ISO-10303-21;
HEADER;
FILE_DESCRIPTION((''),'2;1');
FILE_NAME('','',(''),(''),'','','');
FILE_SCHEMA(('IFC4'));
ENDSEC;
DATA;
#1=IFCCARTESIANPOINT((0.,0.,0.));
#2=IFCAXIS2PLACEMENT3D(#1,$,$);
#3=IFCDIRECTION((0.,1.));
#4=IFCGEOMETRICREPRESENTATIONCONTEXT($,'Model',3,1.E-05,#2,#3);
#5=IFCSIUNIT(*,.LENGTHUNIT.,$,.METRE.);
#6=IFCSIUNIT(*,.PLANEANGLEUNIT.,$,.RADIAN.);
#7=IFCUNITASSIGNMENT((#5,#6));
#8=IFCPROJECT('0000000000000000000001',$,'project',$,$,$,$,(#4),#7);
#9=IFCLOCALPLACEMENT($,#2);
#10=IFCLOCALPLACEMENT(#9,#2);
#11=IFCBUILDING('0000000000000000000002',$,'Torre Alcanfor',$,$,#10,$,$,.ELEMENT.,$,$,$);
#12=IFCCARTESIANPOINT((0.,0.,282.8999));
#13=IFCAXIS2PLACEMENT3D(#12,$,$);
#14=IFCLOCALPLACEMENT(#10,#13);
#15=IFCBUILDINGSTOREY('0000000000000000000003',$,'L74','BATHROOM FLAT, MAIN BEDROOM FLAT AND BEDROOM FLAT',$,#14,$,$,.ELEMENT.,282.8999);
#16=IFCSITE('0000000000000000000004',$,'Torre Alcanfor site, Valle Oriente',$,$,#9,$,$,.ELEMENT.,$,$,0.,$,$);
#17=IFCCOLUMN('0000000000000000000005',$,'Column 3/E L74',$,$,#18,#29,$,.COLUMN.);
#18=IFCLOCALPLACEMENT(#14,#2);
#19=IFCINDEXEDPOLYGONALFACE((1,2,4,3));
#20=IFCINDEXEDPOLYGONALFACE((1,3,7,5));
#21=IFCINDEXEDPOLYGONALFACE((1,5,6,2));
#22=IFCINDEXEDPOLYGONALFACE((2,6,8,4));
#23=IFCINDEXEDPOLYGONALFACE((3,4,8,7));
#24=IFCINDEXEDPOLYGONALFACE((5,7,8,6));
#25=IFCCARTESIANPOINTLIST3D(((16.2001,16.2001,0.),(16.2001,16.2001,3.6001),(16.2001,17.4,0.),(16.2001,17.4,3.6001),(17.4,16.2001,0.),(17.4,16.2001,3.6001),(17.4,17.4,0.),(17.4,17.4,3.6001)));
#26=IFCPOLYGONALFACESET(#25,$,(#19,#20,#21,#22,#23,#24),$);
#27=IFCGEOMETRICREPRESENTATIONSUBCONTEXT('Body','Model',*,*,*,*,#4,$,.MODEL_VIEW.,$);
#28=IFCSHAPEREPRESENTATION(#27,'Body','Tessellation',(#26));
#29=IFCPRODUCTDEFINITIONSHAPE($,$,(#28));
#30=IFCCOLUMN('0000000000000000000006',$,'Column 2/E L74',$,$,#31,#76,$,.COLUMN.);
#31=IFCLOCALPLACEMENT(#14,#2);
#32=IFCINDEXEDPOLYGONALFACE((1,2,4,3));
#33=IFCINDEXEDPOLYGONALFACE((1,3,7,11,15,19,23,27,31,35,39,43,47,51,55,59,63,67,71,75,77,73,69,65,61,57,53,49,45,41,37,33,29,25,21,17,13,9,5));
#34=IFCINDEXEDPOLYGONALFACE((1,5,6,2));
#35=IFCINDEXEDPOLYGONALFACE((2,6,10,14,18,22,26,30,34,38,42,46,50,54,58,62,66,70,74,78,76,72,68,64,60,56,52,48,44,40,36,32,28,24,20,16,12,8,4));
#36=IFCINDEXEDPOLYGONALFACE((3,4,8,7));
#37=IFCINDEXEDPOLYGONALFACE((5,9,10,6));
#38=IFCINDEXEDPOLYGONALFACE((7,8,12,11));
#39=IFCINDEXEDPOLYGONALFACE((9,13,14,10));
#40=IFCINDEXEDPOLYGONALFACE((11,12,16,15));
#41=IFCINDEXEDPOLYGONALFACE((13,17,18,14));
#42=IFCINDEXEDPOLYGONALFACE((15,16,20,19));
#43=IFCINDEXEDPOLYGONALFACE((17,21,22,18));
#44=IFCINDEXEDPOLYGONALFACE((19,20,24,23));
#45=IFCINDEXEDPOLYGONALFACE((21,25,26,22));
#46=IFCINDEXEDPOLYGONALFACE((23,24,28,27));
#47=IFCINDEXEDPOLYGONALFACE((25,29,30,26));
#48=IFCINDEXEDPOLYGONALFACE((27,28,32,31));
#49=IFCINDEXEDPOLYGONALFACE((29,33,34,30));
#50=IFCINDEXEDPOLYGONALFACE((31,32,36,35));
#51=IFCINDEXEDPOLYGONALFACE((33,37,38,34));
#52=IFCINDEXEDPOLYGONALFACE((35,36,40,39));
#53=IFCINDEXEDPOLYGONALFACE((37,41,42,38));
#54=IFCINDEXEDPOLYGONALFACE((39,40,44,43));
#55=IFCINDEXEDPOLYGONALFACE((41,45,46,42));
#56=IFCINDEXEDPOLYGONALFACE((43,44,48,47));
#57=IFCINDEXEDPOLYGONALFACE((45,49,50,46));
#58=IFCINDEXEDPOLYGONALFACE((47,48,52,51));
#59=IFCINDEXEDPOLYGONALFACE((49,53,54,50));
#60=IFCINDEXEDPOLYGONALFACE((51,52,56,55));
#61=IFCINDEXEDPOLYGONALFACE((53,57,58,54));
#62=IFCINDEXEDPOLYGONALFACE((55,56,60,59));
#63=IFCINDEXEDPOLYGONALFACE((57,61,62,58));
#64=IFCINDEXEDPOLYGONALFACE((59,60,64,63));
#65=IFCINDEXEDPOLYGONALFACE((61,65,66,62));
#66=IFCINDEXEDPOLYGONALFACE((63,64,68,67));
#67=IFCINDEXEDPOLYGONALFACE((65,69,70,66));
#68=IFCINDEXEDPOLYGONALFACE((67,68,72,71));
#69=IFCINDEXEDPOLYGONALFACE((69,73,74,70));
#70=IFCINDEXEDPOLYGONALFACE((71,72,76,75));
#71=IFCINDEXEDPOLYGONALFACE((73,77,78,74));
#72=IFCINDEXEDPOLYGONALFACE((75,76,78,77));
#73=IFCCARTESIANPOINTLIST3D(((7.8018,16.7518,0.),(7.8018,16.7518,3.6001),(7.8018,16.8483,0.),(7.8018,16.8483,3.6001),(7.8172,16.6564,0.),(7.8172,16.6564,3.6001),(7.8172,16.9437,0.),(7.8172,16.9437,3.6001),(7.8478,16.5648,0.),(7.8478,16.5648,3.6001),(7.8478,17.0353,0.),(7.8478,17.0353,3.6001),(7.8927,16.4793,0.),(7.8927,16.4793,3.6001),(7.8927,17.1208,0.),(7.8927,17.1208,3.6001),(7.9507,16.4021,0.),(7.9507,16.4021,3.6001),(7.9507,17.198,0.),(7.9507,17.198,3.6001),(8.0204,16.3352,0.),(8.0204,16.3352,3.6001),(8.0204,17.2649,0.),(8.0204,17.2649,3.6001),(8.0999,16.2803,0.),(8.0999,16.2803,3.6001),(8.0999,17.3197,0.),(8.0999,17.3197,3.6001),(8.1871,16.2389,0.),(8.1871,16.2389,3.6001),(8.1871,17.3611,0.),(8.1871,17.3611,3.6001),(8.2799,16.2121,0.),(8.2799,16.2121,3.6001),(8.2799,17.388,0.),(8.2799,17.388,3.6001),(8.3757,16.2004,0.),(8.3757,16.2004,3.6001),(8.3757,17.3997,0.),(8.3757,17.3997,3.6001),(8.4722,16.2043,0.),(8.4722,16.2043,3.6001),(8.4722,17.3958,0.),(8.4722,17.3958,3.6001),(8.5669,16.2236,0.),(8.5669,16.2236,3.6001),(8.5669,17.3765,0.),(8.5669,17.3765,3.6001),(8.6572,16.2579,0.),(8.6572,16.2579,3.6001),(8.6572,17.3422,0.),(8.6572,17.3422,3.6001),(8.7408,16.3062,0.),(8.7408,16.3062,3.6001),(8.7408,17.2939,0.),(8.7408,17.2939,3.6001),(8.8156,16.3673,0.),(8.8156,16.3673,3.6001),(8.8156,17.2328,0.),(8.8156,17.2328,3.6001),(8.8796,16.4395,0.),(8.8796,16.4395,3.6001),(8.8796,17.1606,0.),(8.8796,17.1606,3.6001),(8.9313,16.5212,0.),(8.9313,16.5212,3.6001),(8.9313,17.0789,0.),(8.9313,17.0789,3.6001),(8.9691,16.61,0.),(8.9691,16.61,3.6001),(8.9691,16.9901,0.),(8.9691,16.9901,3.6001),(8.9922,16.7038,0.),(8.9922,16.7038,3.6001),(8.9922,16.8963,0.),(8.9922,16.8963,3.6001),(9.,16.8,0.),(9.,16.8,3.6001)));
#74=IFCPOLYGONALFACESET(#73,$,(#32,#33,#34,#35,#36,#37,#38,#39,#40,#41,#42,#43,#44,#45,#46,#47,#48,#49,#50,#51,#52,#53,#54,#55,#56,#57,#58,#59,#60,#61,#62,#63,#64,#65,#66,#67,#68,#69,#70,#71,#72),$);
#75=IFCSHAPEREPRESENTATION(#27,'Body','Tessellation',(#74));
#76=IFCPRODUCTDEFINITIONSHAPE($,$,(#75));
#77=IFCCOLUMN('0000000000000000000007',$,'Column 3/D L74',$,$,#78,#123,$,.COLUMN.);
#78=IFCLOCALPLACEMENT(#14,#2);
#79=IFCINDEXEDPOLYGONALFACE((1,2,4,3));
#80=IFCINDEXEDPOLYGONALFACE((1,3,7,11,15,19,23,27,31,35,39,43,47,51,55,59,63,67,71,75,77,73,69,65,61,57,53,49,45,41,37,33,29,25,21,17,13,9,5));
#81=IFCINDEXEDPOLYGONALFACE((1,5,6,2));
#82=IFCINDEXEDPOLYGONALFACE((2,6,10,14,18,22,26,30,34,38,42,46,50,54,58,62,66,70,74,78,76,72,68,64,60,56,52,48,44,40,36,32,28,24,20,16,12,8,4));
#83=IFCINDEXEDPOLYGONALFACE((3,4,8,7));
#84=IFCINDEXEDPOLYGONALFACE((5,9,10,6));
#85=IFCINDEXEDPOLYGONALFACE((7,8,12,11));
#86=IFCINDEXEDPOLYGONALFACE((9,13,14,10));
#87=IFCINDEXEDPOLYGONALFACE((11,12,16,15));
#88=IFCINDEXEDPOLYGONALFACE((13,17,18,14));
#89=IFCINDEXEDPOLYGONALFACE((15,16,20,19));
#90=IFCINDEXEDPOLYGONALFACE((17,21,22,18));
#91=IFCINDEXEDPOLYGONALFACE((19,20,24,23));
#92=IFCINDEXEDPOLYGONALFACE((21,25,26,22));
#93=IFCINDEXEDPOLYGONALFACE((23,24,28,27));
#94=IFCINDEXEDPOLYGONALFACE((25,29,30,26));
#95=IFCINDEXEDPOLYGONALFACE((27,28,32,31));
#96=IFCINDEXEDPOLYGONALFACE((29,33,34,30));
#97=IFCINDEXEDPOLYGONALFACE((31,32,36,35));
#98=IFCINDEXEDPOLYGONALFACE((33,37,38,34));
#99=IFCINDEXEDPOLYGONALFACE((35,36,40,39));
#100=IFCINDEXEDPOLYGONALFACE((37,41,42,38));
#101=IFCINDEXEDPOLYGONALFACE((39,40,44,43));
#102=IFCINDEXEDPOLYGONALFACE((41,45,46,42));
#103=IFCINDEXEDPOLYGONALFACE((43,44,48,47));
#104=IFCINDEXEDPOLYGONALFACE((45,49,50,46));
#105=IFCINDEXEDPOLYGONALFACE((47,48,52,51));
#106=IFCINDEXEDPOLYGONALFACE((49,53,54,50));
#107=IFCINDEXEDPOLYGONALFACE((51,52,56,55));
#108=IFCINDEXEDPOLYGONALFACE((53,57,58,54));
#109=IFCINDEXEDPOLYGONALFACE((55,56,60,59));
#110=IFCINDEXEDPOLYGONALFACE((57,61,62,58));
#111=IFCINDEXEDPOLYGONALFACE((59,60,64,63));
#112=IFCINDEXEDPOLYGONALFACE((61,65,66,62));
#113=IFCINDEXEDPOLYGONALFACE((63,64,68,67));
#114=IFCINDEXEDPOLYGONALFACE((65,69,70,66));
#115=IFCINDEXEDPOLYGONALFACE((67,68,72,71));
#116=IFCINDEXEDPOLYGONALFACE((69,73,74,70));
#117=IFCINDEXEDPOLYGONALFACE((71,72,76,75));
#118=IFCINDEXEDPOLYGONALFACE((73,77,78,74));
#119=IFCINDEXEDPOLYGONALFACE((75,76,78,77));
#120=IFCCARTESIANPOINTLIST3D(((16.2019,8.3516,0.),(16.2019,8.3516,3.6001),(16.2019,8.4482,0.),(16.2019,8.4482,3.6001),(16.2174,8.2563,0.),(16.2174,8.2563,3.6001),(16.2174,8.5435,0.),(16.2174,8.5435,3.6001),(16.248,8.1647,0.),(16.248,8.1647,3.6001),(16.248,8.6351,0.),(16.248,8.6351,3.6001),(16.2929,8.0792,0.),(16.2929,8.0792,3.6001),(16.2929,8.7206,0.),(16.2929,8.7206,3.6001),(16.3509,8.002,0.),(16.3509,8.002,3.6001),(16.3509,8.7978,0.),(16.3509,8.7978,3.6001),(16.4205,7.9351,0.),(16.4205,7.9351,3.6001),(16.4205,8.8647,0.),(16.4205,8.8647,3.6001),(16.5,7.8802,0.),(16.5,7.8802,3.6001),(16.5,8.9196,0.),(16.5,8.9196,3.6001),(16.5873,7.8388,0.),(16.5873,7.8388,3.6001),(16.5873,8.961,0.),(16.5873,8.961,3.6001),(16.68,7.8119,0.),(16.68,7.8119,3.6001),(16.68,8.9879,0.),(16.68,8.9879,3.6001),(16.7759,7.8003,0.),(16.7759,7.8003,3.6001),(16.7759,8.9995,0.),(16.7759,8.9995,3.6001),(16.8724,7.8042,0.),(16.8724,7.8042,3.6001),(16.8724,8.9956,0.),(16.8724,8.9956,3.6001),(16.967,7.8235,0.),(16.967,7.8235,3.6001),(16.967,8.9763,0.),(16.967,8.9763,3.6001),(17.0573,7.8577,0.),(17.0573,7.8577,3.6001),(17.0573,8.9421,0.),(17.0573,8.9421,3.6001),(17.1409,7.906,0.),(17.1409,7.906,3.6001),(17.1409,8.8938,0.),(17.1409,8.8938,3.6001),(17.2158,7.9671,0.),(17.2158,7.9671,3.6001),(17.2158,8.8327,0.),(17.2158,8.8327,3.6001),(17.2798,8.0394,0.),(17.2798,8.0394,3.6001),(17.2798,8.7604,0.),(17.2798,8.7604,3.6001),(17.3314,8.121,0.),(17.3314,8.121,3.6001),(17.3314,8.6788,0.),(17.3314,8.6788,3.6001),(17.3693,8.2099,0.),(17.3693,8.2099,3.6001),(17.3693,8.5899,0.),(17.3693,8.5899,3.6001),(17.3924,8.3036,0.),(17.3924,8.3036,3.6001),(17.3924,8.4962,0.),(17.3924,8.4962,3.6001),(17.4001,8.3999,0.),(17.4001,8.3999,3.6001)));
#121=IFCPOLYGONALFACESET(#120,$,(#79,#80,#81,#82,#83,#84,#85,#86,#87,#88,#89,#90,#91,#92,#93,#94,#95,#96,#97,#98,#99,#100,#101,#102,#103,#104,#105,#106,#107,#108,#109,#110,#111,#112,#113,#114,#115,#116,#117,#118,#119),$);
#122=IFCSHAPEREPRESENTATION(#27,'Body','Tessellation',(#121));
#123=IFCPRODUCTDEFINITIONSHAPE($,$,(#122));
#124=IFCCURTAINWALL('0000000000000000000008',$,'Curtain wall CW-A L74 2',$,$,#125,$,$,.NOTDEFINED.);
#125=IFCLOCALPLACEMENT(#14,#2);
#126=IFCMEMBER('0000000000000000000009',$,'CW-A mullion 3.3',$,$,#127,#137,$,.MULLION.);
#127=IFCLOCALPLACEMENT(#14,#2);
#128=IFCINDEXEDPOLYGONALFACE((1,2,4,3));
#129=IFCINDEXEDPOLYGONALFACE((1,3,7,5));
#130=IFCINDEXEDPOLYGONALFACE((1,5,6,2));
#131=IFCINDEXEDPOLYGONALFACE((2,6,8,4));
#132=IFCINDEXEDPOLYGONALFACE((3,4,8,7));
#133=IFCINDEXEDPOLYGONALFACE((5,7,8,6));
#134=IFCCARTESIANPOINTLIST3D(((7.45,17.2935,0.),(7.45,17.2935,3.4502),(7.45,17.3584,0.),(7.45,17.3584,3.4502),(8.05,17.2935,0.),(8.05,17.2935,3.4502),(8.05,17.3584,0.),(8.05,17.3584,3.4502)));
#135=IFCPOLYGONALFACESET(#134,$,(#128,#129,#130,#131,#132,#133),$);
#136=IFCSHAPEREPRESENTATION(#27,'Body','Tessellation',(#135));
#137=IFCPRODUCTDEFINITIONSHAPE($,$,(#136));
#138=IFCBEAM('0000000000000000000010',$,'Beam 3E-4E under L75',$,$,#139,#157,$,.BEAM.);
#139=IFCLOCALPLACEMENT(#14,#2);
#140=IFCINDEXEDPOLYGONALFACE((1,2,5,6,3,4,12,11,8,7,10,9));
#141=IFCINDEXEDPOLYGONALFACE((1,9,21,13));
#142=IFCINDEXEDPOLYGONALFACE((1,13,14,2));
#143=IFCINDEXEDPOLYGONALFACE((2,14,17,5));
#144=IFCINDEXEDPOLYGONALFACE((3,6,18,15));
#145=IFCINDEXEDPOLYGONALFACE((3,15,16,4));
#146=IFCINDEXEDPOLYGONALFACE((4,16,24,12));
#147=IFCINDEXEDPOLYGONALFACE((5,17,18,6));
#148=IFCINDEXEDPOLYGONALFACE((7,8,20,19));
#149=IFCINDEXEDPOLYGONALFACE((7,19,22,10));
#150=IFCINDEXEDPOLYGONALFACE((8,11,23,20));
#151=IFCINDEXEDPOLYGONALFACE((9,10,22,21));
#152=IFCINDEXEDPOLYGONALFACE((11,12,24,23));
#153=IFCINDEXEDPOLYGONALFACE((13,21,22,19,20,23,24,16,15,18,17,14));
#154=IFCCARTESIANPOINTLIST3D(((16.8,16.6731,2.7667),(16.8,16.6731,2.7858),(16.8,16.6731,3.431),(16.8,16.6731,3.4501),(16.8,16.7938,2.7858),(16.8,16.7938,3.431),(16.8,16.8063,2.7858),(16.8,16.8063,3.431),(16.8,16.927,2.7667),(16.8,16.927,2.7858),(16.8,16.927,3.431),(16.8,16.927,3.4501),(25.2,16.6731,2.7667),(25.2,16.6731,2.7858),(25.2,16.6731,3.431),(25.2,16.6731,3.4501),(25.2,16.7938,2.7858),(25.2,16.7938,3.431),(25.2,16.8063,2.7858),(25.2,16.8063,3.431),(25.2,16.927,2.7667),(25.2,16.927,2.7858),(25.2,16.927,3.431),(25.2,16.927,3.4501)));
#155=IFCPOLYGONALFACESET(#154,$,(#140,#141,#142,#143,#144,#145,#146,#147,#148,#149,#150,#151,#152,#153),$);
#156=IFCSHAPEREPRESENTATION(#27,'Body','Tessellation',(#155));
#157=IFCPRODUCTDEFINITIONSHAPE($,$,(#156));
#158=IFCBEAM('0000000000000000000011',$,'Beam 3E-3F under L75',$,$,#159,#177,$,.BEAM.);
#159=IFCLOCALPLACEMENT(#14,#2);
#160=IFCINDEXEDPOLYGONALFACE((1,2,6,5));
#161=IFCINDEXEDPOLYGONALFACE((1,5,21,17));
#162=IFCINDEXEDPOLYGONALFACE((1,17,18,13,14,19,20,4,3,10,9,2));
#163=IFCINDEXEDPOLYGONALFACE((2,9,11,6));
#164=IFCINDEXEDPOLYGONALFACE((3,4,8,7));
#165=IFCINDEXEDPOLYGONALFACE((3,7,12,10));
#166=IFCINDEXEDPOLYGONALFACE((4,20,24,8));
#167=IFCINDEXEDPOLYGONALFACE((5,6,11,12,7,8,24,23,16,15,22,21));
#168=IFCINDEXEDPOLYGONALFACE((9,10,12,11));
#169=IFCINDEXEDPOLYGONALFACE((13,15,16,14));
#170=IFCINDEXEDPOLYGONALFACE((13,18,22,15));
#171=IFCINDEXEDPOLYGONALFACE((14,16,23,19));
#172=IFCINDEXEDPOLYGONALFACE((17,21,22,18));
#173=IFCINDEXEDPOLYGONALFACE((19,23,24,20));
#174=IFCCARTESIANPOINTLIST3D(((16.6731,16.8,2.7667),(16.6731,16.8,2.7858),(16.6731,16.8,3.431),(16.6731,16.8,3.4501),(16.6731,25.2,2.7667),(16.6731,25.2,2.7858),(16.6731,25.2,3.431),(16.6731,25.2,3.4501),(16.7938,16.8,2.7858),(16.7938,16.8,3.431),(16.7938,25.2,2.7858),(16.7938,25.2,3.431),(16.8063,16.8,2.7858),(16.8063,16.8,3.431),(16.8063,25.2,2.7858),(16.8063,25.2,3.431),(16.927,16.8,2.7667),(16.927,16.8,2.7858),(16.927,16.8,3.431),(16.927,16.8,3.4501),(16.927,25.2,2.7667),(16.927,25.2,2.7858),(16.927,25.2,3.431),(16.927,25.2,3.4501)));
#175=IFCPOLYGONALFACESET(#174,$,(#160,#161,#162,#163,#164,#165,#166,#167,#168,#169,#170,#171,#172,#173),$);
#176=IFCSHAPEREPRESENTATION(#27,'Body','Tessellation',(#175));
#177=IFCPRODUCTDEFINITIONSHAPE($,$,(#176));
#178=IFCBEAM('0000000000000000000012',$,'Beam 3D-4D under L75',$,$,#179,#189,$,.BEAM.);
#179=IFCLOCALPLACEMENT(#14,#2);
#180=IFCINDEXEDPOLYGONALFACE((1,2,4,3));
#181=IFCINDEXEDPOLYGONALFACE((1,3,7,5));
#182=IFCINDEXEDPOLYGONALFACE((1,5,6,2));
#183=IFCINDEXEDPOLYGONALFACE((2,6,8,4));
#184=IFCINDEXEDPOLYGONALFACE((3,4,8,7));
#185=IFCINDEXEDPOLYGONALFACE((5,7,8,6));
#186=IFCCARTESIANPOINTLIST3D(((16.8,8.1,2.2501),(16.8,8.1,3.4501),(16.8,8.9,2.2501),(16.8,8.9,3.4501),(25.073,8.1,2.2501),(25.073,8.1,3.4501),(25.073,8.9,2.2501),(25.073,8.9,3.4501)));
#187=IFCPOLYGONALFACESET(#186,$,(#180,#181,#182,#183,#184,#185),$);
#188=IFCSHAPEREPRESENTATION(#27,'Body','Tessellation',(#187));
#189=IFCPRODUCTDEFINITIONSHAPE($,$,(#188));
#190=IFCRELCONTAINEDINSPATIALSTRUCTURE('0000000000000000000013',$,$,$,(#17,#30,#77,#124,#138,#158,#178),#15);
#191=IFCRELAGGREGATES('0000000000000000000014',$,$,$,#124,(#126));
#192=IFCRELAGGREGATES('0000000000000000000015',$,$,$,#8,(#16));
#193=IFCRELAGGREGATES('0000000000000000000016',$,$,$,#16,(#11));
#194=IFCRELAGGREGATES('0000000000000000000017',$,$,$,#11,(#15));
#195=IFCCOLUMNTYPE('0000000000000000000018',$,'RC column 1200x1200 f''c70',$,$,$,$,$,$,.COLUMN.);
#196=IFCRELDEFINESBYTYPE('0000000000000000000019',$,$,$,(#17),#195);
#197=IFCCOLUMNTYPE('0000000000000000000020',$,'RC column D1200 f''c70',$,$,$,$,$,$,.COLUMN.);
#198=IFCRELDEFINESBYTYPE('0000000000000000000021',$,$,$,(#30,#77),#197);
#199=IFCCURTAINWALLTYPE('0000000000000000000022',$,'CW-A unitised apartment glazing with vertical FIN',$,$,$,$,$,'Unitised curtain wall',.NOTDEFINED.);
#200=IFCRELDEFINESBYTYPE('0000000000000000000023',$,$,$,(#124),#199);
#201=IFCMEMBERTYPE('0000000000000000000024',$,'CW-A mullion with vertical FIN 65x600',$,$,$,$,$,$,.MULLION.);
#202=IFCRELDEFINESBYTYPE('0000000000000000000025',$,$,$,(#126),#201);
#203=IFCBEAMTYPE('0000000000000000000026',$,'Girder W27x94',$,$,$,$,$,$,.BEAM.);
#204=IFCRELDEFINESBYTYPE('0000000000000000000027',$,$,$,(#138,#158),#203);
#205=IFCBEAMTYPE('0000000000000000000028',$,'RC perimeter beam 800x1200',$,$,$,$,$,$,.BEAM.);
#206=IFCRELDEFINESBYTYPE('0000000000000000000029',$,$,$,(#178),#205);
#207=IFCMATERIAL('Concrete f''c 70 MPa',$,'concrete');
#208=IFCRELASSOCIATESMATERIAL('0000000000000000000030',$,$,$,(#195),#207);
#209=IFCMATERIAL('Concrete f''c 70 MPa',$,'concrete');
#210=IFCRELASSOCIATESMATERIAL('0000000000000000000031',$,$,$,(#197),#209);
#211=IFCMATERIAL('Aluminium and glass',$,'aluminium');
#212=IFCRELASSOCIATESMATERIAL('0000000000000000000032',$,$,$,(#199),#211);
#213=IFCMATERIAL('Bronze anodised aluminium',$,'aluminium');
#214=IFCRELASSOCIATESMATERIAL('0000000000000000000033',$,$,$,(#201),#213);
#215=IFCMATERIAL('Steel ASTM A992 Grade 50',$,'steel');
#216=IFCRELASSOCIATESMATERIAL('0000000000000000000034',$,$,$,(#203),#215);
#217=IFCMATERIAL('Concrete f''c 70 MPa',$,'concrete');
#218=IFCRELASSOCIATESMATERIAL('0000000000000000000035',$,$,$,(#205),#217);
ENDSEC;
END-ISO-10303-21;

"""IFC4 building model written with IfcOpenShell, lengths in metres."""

from ifc_helpers import new_model, si_unit, direction, frame, origin, origin_2d, place, context, subcontext, project, spatial, rectangle, circle, i_section, extrude, material, material_profile, profile_set, type_object, element, aggregate, save


model = new_model("IFC4")

# Units and contexts
model_context = context("Model", 3, precision=1e-05, world=origin(), true_north=direction((0.0, 1.0)))
body_context = subcontext(model_context, "Body", "Model", "MODEL_VIEW")
ifc_project = project(units=[si_unit("LENGTHUNIT", "METRE"), si_unit("PLANEANGLEUNIT", "RADIAN")], contexts=[model_context])

# Site, building, storey
site_placement = place(None, origin())
site = spatial("IfcSite", under=ifc_project, at=site_placement, Name="Torre Alcanfor site, Valle Oriente", CompositionType="ELEMENT", RefElevation=0.0)
building_placement = place(site_placement, origin())
building = spatial("IfcBuilding", under=site, at=building_placement, Name="Torre Alcanfor", CompositionType="ELEMENT")
storey_placement = place(building_placement, frame((0.0, 0.0, 282.8999)))
storey = spatial("IfcBuildingStorey", under=building, at=storey_placement, Name="L74", Description="BATHROOM FLAT, MAIN BEDROOM FLAT AND BEDROOM FLAT", CompositionType="ELEMENT", Elevation=282.8999)

# Columns
ifc_material_1 = material(Name="Concrete f'c 70 MPa", Category="concrete")
ifc_material_profile_1 = material_profile(ifc_material_1, rectangle(XDim=1.2, YDim=1.2, at=origin_2d()), Name="1200x1200")
ifc_profile_set_1 = profile_set([ifc_material_profile_1], Name="Concrete f'c 70 MPa")
column_type_1 = type_object("IfcColumnType", Name="RC column 1200x1200 f'c70", PredefinedType="COLUMN", material=ifc_profile_set_1)
column_placement = place(storey_placement, frame((16.8, 16.8, 0.0), z_axis=(0.0, 0.0, 1.0), x_axis=(1.0, 0.0, 0.0)))
element("IfcColumn", 1, at=column_placement, inside=storey, type_object=column_type_1, Name="Column 3/E L74", PredefinedType="COLUMN", context=body_context, shape_type="SweptSolid", body=[
    extrude(rectangle(XDim=1.2, YDim=1.2, at=origin_2d()), origin(), (0.0, 0.0, 1.0), 3.6001),
])
ifc_material_2 = material(Name="Concrete f'c 70 MPa", Category="concrete")
ifc_material_profile_2 = material_profile(ifc_material_2, circle(Radius=0.6001, at=origin_2d()), Name="D1200")
ifc_profile_set_2 = profile_set([ifc_material_profile_2], Name="Concrete f'c 70 MPa")
column_type_2 = type_object("IfcColumnType", Name="RC column D1200 f'c70", PredefinedType="COLUMN", material=ifc_profile_set_2)
for number, where, z_axis, x_axis, name in (
    (2, (8.3999, 16.8, 0.0), (0.0, 0.0, 1.0), (1.0, 0.0, 0.0), "Column 2/E L74"),
    (3, (16.8, 8.3999, 0.0), (0.0, 0.0, 1.0), (1.0, 0.0, 0.0), "Column 3/D L74"),
):
    element("IfcColumn", number, at=place(storey_placement, frame(where, z_axis=z_axis, x_axis=x_axis)), inside=storey, type_object=column_type_2, Name=name, PredefinedType="COLUMN", context=body_context, shape_type="SweptSolid", body=[
        extrude(circle(Radius=0.6001, at=origin_2d()), origin(), (0.0, 0.0, 1.0), 3.6001),
    ])

# Curtain wall, member
ifc_material_3 = material(Name="Aluminium and glass", Category="aluminium")
curtain_wall_type = type_object("IfcCurtainWallType", Name="CW-A unitised apartment glazing with vertical FIN", ElementType="Unitised curtain wall", PredefinedType="NOTDEFINED", material=ifc_material_3)
curtain_wall_placement = place(storey_placement, origin())
curtain_wall = element("IfcCurtainWall", 4, at=curtain_wall_placement, inside=storey, type_object=curtain_wall_type, Name="Curtain wall CW-A L74 2", PredefinedType="NOTDEFINED")
ifc_material_4 = material(Name="Bronze anodised aluminium", Category="aluminium")
ifc_material_profile_3 = material_profile(ifc_material_4, rectangle(XDim=0.6001, YDim=0.0649, at=origin_2d()), Name="CW-A mullion 65x600")
ifc_profile_set_3 = profile_set([ifc_material_profile_3], Name="Bronze anodised aluminium")
member_type = type_object("IfcMemberType", Name="CW-A mullion with vertical FIN 65x600", PredefinedType="MULLION", material=ifc_profile_set_3)
member_placement = place(storey_placement, frame((7.75, 17.3259, 0.0), z_axis=(0.0, 0.0, 1.0), x_axis=(1.0, 0.0, 0.0)))
member = element("IfcMember", 5, at=member_placement, type_object=member_type, Name="CW-A mullion 3.3", PredefinedType="MULLION", context=body_context, shape_type="SweptSolid", body=[
    extrude(rectangle(XDim=0.6001, YDim=0.0649, at=origin_2d()), origin(), (0.0, 0.0, 1.0), 3.4502),
])
aggregate(curtain_wall, [member])

# Beams
ifc_material_5 = material(Name="Steel ASTM A992 Grade 50", Category="steel")
ifc_material_profile_4 = material_profile(ifc_material_5, i_section(OverallWidth=0.2539, OverallDepth=0.6833, WebThickness=0.0125, FlangeThickness=0.019, at=origin_2d()), Name="W27x94")
ifc_profile_set_4 = profile_set([ifc_material_profile_4], Name="Steel ASTM A992 Grade 50")
beam_type_1 = type_object("IfcBeamType", Name="Girder W27x94", PredefinedType="BEAM", material=ifc_profile_set_4)
for number, where, z_axis, x_axis, name in (
    (6, (16.8, 16.8, 3.1084), (1.0, 0.0, 0.0), (0.0, 1.0, 0.0), "Beam 3E-4E under L75"),
    (7, (16.8, 16.8, 3.1084), (0.0, 1.0, 0.0), (-1.0, 0.0, 0.0), "Beam 3E-3F under L75"),
):
    element("IfcBeam", number, at=place(storey_placement, frame(where, z_axis=z_axis, x_axis=x_axis)), inside=storey, type_object=beam_type_1, Name=name, PredefinedType="BEAM", context=body_context, shape_type="SweptSolid", body=[
        extrude(i_section(OverallWidth=0.2539, OverallDepth=0.6833, WebThickness=0.0125, FlangeThickness=0.019, at=origin_2d()), origin(), (0.0, 0.0, 1.0), 8.3999),
    ])
ifc_material_6 = material(Name="Concrete f'c 70 MPa", Category="concrete")
ifc_material_profile_5 = material_profile(ifc_material_6, rectangle(XDim=0.8, YDim=1.2, at=origin_2d()), Name="800x1200")
ifc_profile_set_5 = profile_set([ifc_material_profile_5], Name="Concrete f'c 70 MPa")
beam_type_2 = type_object("IfcBeamType", Name="RC perimeter beam 800x1200", PredefinedType="BEAM", material=ifc_profile_set_5)
beam_1_placement = place(storey_placement, frame((16.8, 8.5, 2.8501), z_axis=(1.0, 0.0, 0.0), x_axis=(0.0, 1.0, 0.0)))
element("IfcBeam", 8, at=beam_1_placement, inside=storey, type_object=beam_type_2, Name="Beam 3D-4D under L75", PredefinedType="BEAM", context=body_context, shape_type="SweptSolid", body=[
    extrude(rectangle(XDim=0.8, YDim=1.2, at=origin_2d()), origin(), (0.0, 0.0, 1.0), 8.2729),
])

save(model, "model.ifc")
